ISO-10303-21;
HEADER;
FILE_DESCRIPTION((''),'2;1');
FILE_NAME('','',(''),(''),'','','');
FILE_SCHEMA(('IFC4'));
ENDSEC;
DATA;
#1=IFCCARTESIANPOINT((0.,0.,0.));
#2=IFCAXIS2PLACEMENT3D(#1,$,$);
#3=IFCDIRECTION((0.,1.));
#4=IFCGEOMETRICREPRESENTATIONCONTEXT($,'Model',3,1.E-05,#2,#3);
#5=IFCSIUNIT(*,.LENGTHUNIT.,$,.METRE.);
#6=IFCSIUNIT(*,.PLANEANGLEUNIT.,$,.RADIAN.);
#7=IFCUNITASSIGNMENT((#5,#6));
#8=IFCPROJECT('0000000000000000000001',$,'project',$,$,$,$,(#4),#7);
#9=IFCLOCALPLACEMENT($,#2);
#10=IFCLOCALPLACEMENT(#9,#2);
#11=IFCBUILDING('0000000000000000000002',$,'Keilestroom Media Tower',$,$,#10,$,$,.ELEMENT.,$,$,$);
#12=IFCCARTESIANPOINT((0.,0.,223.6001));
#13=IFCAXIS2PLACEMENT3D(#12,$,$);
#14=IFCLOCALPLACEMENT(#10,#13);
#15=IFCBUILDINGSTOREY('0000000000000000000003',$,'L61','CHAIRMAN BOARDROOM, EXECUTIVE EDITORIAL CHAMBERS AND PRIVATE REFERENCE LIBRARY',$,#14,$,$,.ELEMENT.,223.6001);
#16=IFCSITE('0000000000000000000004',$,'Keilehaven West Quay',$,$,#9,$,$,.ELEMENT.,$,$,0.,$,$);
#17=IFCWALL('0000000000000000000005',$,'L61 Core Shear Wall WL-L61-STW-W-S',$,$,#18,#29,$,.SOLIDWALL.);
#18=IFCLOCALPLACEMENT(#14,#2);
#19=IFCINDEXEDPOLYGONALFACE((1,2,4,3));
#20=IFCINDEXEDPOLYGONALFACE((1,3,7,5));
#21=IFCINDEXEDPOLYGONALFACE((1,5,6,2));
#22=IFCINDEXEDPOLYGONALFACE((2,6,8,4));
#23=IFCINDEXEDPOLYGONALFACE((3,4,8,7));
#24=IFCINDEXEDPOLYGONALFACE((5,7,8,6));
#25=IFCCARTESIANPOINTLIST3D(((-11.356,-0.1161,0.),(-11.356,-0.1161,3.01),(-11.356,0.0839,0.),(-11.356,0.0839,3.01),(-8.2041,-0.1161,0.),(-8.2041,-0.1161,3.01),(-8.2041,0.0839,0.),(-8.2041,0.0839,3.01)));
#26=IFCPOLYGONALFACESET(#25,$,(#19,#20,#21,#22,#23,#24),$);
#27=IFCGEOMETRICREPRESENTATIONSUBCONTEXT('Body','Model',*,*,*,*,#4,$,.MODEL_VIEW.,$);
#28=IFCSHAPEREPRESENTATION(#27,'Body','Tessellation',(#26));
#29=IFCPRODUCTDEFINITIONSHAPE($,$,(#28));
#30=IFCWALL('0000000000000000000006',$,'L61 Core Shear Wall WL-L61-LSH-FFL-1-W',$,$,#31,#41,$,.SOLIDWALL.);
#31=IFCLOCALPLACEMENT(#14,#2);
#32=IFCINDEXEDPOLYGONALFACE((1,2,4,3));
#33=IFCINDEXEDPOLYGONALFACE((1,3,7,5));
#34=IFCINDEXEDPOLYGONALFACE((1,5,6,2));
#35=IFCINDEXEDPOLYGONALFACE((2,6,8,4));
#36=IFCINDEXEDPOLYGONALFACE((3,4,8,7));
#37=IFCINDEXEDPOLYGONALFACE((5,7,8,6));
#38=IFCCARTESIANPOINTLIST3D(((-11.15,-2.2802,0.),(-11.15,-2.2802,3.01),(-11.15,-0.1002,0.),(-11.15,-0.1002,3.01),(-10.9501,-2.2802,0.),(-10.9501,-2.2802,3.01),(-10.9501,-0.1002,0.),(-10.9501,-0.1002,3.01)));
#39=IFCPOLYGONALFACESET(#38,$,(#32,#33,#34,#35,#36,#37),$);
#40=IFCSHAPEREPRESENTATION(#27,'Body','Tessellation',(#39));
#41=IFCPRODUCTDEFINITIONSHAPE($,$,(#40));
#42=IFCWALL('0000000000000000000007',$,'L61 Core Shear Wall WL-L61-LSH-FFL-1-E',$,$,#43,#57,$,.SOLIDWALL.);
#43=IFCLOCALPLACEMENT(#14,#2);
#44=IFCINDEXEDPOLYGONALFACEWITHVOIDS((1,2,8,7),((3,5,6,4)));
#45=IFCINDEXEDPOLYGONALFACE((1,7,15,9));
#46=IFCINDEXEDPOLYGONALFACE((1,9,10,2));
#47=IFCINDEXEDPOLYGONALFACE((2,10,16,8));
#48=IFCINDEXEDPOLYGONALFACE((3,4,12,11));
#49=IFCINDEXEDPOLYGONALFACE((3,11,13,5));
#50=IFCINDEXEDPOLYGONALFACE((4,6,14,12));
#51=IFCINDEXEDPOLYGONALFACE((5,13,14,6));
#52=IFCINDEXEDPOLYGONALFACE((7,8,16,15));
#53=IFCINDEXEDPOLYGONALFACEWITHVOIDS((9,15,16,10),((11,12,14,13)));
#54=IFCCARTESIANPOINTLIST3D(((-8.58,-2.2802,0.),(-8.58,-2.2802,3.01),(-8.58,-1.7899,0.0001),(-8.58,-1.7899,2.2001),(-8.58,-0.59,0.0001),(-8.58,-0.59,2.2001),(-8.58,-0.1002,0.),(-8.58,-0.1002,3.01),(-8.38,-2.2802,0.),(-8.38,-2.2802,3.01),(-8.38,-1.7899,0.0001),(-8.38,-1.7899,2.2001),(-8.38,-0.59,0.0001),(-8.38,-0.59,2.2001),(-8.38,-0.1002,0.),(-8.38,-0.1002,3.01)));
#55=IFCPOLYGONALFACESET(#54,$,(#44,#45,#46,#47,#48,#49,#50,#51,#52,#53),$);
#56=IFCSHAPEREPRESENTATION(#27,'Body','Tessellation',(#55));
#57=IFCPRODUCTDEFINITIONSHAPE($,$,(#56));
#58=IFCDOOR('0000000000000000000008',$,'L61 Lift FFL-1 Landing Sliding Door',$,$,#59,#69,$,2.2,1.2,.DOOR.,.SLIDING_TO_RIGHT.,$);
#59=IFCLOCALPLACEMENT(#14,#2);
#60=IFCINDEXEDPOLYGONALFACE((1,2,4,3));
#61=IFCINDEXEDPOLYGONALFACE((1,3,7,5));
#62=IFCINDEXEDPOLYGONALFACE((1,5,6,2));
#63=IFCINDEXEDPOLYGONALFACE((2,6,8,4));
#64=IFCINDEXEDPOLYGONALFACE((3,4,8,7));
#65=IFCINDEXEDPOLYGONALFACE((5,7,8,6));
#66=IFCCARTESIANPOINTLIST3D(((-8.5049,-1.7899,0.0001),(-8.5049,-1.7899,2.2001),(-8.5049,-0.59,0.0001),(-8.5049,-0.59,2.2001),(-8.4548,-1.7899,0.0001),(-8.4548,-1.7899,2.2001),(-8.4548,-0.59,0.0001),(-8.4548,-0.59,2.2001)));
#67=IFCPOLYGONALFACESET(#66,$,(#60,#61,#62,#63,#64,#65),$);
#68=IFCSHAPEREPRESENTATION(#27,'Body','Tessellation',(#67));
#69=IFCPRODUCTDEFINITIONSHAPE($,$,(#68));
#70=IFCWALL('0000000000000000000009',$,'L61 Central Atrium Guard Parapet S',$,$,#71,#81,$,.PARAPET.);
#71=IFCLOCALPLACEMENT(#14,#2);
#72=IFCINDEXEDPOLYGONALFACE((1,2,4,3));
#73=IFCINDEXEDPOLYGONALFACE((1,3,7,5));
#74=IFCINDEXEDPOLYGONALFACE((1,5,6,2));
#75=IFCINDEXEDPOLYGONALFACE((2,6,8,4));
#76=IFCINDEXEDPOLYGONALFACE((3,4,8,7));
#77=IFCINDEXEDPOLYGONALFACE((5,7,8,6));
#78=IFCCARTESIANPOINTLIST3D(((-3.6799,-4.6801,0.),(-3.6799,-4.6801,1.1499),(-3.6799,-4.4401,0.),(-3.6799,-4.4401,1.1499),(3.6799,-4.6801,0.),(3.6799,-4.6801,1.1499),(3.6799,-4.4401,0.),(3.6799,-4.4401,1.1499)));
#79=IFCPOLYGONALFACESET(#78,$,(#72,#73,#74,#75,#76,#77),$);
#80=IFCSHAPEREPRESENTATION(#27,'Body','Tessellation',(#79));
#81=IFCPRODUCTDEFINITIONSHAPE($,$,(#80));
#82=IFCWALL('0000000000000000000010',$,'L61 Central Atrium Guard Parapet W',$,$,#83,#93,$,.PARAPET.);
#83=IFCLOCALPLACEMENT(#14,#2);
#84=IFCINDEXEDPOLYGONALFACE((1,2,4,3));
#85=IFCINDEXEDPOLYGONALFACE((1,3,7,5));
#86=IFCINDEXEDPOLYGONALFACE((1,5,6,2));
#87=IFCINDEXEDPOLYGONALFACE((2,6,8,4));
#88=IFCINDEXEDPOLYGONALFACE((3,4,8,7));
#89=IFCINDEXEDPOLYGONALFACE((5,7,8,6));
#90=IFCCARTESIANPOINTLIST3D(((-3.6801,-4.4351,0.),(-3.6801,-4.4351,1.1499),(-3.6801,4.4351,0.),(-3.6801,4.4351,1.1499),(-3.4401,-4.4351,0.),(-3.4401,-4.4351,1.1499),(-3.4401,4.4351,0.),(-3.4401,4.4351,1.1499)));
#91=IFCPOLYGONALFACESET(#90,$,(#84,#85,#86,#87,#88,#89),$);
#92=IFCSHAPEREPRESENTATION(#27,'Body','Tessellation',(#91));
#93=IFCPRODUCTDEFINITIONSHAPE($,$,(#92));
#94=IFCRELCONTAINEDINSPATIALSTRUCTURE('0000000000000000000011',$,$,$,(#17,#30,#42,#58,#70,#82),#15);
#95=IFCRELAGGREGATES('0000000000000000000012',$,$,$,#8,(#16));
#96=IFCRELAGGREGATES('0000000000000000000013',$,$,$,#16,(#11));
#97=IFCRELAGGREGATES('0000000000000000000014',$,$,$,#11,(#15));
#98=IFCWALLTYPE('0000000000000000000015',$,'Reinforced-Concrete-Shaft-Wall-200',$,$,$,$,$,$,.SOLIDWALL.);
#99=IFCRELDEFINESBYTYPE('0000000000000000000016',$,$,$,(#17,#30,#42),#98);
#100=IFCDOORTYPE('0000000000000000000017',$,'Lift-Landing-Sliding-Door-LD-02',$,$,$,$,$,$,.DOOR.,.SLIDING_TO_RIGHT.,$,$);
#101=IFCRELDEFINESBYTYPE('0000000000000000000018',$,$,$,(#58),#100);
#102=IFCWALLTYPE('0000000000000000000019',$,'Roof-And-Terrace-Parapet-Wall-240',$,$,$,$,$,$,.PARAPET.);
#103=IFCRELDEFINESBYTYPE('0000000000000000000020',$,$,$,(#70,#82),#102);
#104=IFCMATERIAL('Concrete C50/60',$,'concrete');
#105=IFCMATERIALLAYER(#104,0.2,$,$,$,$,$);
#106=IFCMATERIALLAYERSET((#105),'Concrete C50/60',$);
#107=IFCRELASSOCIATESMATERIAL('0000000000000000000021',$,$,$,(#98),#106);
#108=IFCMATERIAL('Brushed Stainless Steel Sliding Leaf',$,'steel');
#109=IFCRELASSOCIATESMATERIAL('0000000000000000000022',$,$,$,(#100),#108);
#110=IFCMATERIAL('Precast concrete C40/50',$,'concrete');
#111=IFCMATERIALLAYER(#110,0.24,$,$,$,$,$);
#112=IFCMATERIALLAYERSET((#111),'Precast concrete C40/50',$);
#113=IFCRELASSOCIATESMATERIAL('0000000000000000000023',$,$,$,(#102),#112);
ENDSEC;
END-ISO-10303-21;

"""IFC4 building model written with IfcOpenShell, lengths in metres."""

from ifc_helpers import new_model, si_unit, direction, frame, frame_2d, origin, place, context, subcontext, project, spatial, rectangle, extrude, source, transform, mapped, material, layer, layer_set, type_object, element, fill, save


model = new_model("IFC4")

# Units and contexts
model_context = context("Model", 3, precision=1e-05, world=origin(), true_north=direction((0.0, 1.0)))
body_context = subcontext(model_context, "Body", "Model", "MODEL_VIEW")
ifc_project = project(units=[si_unit("LENGTHUNIT", "METRE"), si_unit("PLANEANGLEUNIT", "RADIAN")], contexts=[model_context])

# Site, building, storey
site_placement = place(None, origin())
site = spatial("IfcSite", under=ifc_project, at=site_placement, Name="Keilehaven West Quay", CompositionType="ELEMENT", RefElevation=0.0)
building_placement = place(site_placement, origin())
building = spatial("IfcBuilding", under=site, at=building_placement, Name="Keilestroom Media Tower", CompositionType="ELEMENT")
storey_placement = place(building_placement, frame((0.0, 0.0, 223.6001)))
storey = spatial("IfcBuildingStorey", under=building, at=storey_placement, Name="L61", Description="CHAIRMAN BOARDROOM, EXECUTIVE EDITORIAL CHAMBERS AND PRIVATE REFERENCE LIBRARY", CompositionType="ELEMENT", Elevation=223.6001)

# Shared definitions
ifc_material_1 = material(Name="Concrete C50/60", Category="concrete")

# Shared definitions
shared_shape_1 = source(origin(), body_context, "Body", "SweptSolid", [
    extrude(rectangle(XDim=1.2, YDim=2.2, at=frame_2d((0.6001, 1.1001))), frame((0.0, 0.0249, 0.0), z_axis=(0.0, -1.0, 0.0), x_axis=(1.0, 0.0, 0.0)), (0.0, 0.0, 1.0), 0.05),
])

# Shared definitions
ifc_layer_1 = layer(ifc_material_1, 0.2)
ifc_layer_set_1 = layer_set([ifc_layer_1], Name="Concrete C50/60")
wall_type_1 = type_object("IfcWallType", Name="Reinforced-Concrete-Shaft-Wall-200", PredefinedType="SOLIDWALL", material=ifc_layer_set_1)

# Walls
wall_1_placement = place(storey_placement, frame((-11.356, -0.0161, 0.0), z_axis=(0.0, 0.0, 1.0), x_axis=(1.0, 0.0, 0.0)))
element("IfcWall", 1, at=wall_1_placement, inside=storey, type_object=wall_type_1, Name="L61 Core Shear Wall WL-L61-STW-W-S", PredefinedType="SOLIDWALL", context=body_context, shape_type="SweptSolid", body=[
    extrude(rectangle(XDim=3.1519, YDim=0.2, at=frame_2d((1.5759, 0.0))), origin(), (0.0, 0.0, 1.0), 3.01),
])
wall_2_placement = place(storey_placement, frame((-11.05, -2.28, 0.0), z_axis=(0.0, 0.0, 1.0), x_axis=(0.0, 1.0, 0.0)))
element("IfcWall", 2, at=wall_2_placement, inside=storey, type_object=wall_type_1, Name="L61 Core Shear Wall WL-L61-LSH-FFL-1-W", PredefinedType="SOLIDWALL", context=body_context, shape_type="SweptSolid", body=[
    extrude(rectangle(XDim=2.1799, YDim=0.2, at=frame_2d((1.0898, 0.0))), origin(), (0.0, 0.0, 1.0), 3.01),
])

# Wall, opening, door
wall_3_placement = place(storey_placement, frame((-8.48, -2.28, 0.0), z_axis=(0.0, 0.0, 1.0), x_axis=(0.0, 1.0, 0.0)))
wall_3 = element("IfcWall", 3, at=wall_3_placement, inside=storey, type_object=wall_type_1, Name="L61 Core Shear Wall WL-L61-LSH-FFL-1-E", PredefinedType="SOLIDWALL", context=body_context, shape_type="SweptSolid", body=[
    extrude(rectangle(XDim=2.1799, YDim=0.2, at=frame_2d((1.0898, 0.0))), origin(), (0.0, 0.0, 1.0), 3.01),
])
opening_1_placement = place(wall_3_placement, frame((0.49, 0.0, 0.0)))
opening_1 = element("IfcOpeningElement", 4, at=opening_1_placement, cuts=wall_3, PredefinedType="OPENING", context=body_context, shape_type="SweptSolid", body=[
    extrude(rectangle(XDim=1.2, YDim=2.2, at=frame_2d((0.6001, 1.1001))), frame((0.0, 0.1099, 0.0), z_axis=(0.0, -1.0, 0.0), x_axis=(1.0, 0.0, 0.0)), (0.0, 0.0, 1.0), 0.22),
])
ifc_material_2 = material(Name="Brushed Stainless Steel Sliding Leaf", Category="steel")
door_type_1 = type_object("IfcDoorType", Name="Lift-Landing-Sliding-Door-LD-02", OperationType="SLIDING_TO_RIGHT", PredefinedType="DOOR", material=ifc_material_2)
door_1_placement = place(opening_1_placement, origin())
door_1 = element("IfcDoor", 5, at=door_1_placement, inside=storey, type_object=door_type_1, Name="L61 Lift FFL-1 Landing Sliding Door", OperationType="SLIDING_TO_RIGHT", OverallHeight=2.2, OverallWidth=1.2, PredefinedType="DOOR", context=body_context, shape_type="MappedRepresentation", body=[
    mapped(shared_shape_1, transform((0.0, 0.0, 0.0), x_axis=(1.0, 0.0, 0.0), y_axis=(0.0, 1.0, 0.0), z_axis=(0.0, 0.0, 1.0), scale=1.0)),
])
fill(opening_1, door_1)

# Walls
ifc_material_3 = material(Name="Precast concrete C40/50", Category="concrete")
ifc_layer_2 = layer(ifc_material_3, 0.24)
ifc_layer_set_2 = layer_set([ifc_layer_2], Name="Precast concrete C40/50")
wall_type_2 = type_object("IfcWallType", Name="Roof-And-Terrace-Parapet-Wall-240", PredefinedType="PARAPET", material=ifc_layer_set_2)
wall_4_placement = place(storey_placement, frame((-3.6799, -4.5601, 0.0), z_axis=(0.0, 0.0, 1.0), x_axis=(1.0, 0.0, 0.0)))
element("IfcWall", 6, at=wall_4_placement, inside=storey, type_object=wall_type_2, Name="L61 Central Atrium Guard Parapet S", PredefinedType="PARAPET", context=body_context, shape_type="SweptSolid", body=[
    extrude(rectangle(XDim=7.3599, YDim=0.24, at=frame_2d((3.6799, 0.0))), origin(), (0.0, 0.0, 1.0), 1.1499),
])
wall_5_placement = place(storey_placement, frame((-3.5601, -4.4351, 0.0), z_axis=(0.0, 0.0, 1.0), x_axis=(0.0, 1.0, 0.0)))
element("IfcWall", 7, at=wall_5_placement, inside=storey, type_object=wall_type_2, Name="L61 Central Atrium Guard Parapet W", PredefinedType="PARAPET", context=body_context, shape_type="SweptSolid", body=[
    extrude(rectangle(XDim=8.8701, YDim=0.24, at=frame_2d((4.4351, 0.0))), origin(), (0.0, 0.0, 1.0), 1.1499),
])

save(model, "model.ifc")
